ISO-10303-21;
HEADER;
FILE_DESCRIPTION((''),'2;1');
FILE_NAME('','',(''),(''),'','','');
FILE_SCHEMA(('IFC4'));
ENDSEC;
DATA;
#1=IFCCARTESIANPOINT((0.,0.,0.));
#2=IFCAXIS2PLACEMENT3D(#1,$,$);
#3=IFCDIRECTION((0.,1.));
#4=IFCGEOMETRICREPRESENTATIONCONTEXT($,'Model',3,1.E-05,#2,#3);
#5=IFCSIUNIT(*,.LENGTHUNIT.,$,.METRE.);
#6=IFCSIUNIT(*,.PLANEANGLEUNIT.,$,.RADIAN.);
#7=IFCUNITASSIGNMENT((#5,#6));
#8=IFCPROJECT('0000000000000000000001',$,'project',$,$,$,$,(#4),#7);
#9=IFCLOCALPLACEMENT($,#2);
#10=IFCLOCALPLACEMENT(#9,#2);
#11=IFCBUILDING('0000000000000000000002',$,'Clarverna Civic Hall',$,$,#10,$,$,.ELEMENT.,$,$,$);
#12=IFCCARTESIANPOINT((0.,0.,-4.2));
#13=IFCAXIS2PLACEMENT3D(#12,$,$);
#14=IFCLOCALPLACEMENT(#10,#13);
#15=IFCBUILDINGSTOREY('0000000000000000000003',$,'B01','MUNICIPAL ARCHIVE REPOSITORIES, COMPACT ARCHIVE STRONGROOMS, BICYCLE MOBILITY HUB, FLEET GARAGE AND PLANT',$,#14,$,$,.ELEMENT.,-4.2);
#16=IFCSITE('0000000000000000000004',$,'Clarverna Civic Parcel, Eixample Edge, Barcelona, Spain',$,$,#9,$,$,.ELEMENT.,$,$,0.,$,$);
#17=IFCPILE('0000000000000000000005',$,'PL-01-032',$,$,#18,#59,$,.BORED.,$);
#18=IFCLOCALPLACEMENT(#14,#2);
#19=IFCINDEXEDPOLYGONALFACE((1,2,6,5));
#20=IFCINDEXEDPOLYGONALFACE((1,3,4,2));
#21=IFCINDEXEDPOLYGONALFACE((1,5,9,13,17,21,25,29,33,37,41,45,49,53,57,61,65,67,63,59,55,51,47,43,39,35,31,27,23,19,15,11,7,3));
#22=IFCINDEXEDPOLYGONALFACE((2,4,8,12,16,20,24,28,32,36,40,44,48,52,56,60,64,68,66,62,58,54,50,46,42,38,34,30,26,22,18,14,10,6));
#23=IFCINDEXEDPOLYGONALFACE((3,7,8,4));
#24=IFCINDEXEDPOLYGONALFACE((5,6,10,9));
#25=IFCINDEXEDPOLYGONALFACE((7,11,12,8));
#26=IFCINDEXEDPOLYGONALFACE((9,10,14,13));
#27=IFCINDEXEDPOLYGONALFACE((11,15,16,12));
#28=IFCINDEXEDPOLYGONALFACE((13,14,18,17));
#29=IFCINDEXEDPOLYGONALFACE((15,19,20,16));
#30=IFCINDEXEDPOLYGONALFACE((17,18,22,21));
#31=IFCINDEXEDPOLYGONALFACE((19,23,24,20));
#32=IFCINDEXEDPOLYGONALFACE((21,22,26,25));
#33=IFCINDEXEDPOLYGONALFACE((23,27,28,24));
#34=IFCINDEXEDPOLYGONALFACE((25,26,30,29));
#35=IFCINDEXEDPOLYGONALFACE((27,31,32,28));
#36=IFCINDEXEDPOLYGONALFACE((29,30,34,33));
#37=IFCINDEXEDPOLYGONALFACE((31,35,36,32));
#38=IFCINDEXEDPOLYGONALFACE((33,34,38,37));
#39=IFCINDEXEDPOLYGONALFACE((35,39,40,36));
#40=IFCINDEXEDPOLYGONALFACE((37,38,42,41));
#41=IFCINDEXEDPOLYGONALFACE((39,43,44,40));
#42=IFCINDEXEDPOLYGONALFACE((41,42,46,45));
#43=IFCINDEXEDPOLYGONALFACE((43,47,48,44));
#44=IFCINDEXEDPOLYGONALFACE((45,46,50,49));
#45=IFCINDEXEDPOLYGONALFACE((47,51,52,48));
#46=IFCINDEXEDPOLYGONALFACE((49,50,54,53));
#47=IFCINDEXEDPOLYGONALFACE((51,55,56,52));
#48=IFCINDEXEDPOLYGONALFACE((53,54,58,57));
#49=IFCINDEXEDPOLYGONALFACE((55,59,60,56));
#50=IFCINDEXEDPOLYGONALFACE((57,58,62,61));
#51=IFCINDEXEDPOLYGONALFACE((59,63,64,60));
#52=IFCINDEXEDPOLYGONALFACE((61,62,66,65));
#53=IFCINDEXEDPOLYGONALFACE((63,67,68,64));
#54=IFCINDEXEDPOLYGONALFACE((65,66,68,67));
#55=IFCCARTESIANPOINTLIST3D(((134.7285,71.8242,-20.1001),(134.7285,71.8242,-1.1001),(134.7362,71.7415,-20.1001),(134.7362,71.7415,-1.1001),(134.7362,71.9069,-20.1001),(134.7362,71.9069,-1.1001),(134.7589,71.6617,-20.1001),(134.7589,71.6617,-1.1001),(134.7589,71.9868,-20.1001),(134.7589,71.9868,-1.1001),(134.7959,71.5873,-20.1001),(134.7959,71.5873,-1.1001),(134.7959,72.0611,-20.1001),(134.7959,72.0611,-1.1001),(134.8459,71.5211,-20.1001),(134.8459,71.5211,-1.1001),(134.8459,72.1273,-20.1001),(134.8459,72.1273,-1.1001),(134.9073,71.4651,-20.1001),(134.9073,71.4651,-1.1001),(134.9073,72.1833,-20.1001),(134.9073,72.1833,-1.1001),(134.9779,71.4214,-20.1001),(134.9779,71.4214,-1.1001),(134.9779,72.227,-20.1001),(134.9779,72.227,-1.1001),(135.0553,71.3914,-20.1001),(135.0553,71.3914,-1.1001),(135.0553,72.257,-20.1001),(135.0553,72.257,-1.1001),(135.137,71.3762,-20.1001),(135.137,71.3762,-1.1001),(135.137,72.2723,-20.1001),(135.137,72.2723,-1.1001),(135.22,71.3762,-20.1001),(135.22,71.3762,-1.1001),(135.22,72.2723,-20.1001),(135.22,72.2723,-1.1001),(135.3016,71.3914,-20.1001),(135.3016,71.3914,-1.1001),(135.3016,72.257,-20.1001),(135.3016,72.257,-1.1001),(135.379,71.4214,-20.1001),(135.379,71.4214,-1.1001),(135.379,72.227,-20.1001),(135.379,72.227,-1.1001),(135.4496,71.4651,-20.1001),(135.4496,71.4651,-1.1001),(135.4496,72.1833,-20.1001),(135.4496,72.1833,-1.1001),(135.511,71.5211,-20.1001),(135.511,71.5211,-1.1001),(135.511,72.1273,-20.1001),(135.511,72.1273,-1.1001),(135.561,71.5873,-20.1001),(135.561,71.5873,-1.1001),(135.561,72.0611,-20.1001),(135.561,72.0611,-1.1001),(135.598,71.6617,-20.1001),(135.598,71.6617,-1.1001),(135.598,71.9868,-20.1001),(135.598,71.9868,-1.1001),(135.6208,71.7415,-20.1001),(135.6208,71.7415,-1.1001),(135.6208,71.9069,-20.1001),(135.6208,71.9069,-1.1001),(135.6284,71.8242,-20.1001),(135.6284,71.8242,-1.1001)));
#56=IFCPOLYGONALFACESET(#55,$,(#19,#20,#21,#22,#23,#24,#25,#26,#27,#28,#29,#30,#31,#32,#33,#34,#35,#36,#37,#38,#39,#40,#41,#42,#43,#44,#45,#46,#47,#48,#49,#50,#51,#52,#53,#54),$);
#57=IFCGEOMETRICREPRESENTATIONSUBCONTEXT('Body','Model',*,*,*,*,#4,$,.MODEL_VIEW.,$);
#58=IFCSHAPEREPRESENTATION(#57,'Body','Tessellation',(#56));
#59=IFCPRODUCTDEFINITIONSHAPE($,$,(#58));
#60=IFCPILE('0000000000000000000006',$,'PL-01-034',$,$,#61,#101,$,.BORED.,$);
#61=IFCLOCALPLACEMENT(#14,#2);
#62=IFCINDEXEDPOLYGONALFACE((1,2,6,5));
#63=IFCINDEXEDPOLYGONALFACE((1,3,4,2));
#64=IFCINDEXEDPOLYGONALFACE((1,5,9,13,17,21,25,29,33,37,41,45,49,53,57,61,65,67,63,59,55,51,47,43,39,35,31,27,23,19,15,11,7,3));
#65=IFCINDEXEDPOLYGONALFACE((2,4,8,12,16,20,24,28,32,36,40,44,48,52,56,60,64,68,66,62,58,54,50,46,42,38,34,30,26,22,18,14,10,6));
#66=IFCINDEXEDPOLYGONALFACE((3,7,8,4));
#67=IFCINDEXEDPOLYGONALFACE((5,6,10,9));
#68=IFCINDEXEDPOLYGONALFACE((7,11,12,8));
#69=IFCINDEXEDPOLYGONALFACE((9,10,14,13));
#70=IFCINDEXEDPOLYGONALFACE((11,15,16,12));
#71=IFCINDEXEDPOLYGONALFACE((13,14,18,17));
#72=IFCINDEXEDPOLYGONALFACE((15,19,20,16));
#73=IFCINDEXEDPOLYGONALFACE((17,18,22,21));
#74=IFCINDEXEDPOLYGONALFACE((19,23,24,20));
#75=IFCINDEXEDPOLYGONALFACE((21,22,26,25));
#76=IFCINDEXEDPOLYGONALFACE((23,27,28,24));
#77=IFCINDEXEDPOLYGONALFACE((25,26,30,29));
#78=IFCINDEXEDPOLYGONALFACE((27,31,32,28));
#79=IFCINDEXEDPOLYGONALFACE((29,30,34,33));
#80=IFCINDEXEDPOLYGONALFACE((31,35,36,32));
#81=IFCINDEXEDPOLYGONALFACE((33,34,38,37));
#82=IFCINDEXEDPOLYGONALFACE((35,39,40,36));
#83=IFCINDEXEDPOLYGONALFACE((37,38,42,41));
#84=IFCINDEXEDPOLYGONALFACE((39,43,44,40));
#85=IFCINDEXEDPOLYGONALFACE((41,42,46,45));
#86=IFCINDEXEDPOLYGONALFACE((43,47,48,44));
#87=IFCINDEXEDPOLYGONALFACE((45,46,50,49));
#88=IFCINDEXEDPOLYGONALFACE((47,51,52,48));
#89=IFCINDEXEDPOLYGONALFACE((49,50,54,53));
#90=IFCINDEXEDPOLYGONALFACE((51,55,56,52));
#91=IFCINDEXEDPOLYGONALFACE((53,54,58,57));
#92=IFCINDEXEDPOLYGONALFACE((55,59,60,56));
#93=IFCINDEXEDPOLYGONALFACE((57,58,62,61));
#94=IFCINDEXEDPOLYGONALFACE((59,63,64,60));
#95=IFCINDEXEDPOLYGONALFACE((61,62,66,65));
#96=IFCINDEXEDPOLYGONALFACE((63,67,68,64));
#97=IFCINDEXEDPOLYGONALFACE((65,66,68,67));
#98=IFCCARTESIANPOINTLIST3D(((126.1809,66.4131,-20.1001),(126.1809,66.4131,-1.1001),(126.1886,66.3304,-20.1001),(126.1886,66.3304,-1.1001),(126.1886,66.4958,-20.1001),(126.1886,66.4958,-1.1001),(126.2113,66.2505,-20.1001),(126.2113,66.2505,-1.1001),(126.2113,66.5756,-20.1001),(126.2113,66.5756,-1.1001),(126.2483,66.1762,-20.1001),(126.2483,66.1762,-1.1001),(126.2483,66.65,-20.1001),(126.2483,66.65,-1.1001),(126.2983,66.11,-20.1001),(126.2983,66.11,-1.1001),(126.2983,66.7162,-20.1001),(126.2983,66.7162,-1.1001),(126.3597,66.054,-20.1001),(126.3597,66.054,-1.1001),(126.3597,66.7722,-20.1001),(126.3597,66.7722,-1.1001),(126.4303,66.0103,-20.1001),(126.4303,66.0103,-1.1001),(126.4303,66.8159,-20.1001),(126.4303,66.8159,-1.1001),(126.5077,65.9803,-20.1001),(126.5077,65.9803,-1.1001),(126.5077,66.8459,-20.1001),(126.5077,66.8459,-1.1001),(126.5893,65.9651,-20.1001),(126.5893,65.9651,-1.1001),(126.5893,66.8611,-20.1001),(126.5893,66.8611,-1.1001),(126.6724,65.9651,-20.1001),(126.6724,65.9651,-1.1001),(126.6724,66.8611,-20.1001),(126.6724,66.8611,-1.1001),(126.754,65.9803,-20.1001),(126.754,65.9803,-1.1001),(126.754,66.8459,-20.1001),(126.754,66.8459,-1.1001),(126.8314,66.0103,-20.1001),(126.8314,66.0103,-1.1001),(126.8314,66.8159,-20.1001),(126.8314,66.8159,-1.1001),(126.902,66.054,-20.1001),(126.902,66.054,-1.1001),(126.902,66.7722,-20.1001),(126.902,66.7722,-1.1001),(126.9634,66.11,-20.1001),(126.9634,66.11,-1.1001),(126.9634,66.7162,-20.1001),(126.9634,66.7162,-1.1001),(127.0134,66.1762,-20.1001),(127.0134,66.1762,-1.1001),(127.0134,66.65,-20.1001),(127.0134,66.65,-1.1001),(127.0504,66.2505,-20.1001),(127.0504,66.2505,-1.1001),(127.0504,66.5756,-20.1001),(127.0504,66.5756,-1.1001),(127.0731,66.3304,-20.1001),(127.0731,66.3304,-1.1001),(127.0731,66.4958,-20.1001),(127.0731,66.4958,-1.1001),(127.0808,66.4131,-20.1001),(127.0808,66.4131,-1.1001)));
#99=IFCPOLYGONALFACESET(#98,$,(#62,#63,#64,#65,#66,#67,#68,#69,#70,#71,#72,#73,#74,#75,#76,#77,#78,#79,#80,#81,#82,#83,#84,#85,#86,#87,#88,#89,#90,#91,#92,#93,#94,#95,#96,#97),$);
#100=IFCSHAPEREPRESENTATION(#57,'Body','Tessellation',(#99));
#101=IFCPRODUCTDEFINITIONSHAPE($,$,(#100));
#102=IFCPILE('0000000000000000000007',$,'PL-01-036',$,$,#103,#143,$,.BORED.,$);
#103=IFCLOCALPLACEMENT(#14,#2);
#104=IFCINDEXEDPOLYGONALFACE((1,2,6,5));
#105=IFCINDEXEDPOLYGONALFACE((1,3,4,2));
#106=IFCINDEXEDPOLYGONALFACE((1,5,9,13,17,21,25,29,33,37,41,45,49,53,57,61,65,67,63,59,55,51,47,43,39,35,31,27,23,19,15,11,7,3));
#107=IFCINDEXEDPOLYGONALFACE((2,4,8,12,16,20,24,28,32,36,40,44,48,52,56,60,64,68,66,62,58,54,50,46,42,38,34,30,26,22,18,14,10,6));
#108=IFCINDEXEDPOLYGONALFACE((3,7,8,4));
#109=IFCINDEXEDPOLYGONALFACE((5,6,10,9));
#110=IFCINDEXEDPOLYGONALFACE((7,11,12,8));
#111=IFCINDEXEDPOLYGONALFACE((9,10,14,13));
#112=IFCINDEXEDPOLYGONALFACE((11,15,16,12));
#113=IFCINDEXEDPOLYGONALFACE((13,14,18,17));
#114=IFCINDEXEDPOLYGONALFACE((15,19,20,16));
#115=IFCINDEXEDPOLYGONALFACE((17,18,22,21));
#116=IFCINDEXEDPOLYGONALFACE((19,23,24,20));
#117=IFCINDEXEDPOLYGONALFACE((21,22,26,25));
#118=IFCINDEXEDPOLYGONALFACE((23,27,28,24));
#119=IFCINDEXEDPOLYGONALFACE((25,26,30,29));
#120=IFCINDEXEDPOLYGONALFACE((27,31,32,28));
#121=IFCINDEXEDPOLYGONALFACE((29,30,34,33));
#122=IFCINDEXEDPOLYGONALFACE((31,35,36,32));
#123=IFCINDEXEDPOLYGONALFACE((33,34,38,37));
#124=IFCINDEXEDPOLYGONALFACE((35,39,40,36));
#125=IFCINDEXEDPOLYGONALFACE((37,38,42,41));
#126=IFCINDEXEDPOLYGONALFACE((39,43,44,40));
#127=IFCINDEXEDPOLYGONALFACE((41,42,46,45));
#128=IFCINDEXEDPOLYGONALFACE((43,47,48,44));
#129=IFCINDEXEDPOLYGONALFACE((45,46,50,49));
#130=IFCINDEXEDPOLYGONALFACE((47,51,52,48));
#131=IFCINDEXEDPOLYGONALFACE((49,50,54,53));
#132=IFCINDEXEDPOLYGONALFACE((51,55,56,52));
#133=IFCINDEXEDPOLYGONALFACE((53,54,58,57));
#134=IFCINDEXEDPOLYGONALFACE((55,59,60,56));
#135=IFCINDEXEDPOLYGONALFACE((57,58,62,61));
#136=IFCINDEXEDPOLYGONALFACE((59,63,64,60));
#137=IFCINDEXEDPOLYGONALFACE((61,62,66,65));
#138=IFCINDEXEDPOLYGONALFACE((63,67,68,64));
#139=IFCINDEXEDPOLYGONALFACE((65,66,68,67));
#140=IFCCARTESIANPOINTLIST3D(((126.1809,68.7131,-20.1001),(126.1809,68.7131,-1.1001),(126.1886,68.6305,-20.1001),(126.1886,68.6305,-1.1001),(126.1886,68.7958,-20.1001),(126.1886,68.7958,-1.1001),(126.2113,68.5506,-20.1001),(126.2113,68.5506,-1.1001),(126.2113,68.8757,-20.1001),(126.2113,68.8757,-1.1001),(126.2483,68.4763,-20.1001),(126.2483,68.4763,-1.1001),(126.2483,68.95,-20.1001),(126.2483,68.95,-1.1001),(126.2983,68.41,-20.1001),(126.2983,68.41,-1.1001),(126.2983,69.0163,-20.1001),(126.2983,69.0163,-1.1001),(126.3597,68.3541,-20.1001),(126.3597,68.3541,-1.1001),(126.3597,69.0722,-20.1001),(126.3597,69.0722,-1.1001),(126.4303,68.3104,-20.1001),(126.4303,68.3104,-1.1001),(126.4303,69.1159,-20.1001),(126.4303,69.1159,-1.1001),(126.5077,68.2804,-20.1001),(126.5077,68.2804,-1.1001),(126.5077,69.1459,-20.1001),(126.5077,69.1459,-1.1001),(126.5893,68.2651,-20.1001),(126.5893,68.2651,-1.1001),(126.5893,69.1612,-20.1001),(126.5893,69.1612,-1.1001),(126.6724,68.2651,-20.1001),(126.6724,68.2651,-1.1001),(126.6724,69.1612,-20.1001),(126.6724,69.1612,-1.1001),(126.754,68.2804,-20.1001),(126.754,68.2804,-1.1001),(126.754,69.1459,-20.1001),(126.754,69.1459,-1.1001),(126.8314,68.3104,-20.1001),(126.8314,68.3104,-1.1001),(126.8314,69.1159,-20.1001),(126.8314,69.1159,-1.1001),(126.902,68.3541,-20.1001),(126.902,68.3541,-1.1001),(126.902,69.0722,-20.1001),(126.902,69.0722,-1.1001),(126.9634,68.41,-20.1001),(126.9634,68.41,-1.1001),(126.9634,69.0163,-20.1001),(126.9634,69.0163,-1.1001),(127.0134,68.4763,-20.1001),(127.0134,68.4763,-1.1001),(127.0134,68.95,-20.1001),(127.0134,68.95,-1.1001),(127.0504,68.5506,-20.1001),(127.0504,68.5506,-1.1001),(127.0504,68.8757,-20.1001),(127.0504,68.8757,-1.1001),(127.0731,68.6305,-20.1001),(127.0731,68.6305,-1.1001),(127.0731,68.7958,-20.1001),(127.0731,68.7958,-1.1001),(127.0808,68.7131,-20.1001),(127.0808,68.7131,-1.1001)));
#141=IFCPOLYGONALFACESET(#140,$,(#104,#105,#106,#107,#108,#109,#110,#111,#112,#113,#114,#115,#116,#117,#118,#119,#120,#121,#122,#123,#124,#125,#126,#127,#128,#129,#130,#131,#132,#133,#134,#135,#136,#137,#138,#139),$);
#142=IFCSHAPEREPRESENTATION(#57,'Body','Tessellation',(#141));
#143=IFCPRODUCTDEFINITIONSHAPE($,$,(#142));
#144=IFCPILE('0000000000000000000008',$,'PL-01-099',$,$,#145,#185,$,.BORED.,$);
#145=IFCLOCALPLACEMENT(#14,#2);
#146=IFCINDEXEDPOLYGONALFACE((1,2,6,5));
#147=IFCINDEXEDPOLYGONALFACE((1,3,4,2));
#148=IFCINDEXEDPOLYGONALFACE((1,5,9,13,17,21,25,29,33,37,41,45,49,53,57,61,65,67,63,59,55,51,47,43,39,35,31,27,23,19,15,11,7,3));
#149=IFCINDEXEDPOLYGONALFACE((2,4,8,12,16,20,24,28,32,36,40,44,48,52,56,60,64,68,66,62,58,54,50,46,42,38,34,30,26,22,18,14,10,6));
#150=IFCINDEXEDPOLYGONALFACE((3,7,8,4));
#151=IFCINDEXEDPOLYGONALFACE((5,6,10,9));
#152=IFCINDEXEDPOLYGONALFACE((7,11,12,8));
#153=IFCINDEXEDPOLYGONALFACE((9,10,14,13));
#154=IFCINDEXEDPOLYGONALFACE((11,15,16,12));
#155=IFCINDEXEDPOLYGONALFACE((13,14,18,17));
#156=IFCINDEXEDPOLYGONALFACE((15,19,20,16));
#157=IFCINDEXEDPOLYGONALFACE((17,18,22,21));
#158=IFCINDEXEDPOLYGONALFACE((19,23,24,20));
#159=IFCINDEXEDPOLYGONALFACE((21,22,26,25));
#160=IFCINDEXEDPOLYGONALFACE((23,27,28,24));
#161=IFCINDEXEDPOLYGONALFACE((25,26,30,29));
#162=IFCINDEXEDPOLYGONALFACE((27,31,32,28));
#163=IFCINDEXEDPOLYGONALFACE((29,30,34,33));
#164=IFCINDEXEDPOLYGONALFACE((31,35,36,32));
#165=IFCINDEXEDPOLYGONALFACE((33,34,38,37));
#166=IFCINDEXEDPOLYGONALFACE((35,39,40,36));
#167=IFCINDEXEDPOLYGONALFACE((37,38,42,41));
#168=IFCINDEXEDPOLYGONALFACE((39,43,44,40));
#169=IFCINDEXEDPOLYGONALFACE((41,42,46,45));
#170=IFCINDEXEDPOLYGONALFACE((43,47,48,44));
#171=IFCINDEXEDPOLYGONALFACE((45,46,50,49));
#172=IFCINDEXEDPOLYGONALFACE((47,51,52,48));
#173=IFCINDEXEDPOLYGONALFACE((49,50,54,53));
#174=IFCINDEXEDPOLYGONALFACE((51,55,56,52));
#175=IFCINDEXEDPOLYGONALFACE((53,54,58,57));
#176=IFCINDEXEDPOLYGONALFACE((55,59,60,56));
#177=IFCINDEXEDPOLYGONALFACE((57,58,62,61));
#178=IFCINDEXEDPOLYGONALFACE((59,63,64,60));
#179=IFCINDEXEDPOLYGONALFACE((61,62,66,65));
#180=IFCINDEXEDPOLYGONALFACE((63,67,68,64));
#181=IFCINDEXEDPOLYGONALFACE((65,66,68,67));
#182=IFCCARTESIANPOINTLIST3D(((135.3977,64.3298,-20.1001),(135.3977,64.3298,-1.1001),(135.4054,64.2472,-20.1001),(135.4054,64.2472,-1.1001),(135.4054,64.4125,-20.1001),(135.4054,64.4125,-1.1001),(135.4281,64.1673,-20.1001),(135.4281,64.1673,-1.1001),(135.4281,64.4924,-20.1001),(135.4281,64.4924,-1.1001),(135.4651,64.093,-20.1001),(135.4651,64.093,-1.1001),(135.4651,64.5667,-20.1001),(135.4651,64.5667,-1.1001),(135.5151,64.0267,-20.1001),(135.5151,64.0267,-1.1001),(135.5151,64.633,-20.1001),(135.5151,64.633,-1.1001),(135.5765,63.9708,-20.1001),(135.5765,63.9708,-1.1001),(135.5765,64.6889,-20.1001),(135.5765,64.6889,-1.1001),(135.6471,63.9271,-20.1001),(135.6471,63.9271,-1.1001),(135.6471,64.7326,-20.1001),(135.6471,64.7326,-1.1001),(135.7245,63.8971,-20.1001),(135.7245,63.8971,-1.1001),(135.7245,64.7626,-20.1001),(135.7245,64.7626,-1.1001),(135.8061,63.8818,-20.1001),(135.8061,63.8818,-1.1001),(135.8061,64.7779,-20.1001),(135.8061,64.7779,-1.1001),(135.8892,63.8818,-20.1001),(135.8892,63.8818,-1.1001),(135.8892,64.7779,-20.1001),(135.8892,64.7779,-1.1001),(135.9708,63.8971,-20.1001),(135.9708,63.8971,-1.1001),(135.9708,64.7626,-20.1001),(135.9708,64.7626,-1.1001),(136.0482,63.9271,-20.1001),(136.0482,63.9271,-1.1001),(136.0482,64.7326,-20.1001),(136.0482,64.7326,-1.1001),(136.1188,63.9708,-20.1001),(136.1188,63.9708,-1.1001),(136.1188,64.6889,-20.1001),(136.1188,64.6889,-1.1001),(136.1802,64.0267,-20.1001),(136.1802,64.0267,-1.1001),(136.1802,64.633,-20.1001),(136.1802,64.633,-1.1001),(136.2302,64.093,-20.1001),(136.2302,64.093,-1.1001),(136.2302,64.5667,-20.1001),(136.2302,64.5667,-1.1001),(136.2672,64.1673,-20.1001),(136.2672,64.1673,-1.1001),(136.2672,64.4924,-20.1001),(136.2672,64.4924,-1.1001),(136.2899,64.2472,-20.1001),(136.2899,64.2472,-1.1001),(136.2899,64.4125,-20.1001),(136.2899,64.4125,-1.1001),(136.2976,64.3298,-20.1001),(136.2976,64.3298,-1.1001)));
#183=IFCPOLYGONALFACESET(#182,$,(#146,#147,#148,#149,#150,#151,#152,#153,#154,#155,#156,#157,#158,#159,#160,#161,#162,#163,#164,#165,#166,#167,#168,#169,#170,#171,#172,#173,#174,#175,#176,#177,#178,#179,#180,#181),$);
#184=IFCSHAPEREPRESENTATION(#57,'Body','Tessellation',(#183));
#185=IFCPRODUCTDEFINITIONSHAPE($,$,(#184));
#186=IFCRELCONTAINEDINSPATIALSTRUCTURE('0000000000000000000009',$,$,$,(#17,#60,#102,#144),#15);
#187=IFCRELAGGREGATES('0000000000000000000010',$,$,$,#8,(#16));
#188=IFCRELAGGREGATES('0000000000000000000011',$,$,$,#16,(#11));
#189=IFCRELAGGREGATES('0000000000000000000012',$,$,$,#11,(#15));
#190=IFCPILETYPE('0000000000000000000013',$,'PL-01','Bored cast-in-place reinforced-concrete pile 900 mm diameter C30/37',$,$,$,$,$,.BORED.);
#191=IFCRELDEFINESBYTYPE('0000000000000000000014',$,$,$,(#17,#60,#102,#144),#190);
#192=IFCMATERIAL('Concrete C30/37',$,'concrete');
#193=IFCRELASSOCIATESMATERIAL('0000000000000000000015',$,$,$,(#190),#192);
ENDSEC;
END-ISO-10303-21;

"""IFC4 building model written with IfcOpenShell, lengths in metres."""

from ifc_helpers import new_model, si_unit, direction, frame, origin, origin_2d, place, context, subcontext, project, spatial, circle, extrude, material, material_profile, profile_set, type_object, element, save


model = new_model("IFC4")

# Units and contexts
model_context = context("Model", 3, precision=1e-05, world=origin(), true_north=direction((0.0, 1.0)))
body_context = subcontext(model_context, "Body", "Model", "MODEL_VIEW")
ifc_project = project(units=[si_unit("LENGTHUNIT", "METRE"), si_unit("PLANEANGLEUNIT", "RADIAN")], contexts=[model_context])

# Site, building, storey
site_placement = place(None, origin())
site = spatial("IfcSite", under=ifc_project, at=site_placement, Name="Clarverna Civic Parcel, Eixample Edge, Barcelona, Spain", CompositionType="ELEMENT", RefElevation=0.0)
building_placement = place(site_placement, origin())
building = spatial("IfcBuilding", under=site, at=building_placement, Name="Clarverna Civic Hall", CompositionType="ELEMENT")
storey_placement = place(building_placement, frame((0.0, 0.0, -4.2)))
storey = spatial("IfcBuildingStorey", under=building, at=storey_placement, Name="B01", Description="MUNICIPAL ARCHIVE REPOSITORIES, COMPACT ARCHIVE STRONGROOMS, BICYCLE MOBILITY HUB, FLEET GARAGE AND PLANT", CompositionType="ELEMENT", Elevation=-4.2)

# Shared definitions
ifc_material_1 = material(Name="Concrete C30/37", Category="concrete")

# Piles
ifc_material_profile_1 = material_profile(ifc_material_1, circle(Radius=0.45, at=origin_2d()), Name="BORED PILE D900")
ifc_profile_set_1 = profile_set([ifc_material_profile_1], Name="Concrete C30/37")
pile_type = type_object("IfcPileType", Name="PL-01", Description="Bored cast-in-place reinforced-concrete pile 900 mm diameter C30/37", PredefinedType="BORED", material=ifc_profile_set_1)
for number, where, z_axis, x_axis, name in (
    (1, (135.1785, 71.8242, -1.1001), (0.0, 0.0, -1.0), (1.0, 0.0, 0.0), "PL-01-032"),
    (2, (126.6309, 66.4131, -1.1001), (0.0, 0.0, -1.0), (1.0, 0.0, 0.0), "PL-01-034"),
    (3, (126.6309, 68.7131, -1.1001), (0.0, 0.0, -1.0), (1.0, 0.0, 0.0), "PL-01-036"),
    (4, (135.8477, 64.3298, -1.1001), (0.0, 0.0, -1.0), (1.0, 0.0, 0.0), "PL-01-099"),
):
    element("IfcPile", number, at=place(storey_placement, frame(where, z_axis=z_axis, x_axis=x_axis)), inside=storey, type_object=pile_type, Name=name, PredefinedType="BORED", context=body_context, shape_type="SweptSolid", body=[
        extrude(circle(Radius=0.45, at=origin_2d()), origin(), (0.0, 0.0, 1.0), 19.0),
    ])

save(model, "model.ifc")
